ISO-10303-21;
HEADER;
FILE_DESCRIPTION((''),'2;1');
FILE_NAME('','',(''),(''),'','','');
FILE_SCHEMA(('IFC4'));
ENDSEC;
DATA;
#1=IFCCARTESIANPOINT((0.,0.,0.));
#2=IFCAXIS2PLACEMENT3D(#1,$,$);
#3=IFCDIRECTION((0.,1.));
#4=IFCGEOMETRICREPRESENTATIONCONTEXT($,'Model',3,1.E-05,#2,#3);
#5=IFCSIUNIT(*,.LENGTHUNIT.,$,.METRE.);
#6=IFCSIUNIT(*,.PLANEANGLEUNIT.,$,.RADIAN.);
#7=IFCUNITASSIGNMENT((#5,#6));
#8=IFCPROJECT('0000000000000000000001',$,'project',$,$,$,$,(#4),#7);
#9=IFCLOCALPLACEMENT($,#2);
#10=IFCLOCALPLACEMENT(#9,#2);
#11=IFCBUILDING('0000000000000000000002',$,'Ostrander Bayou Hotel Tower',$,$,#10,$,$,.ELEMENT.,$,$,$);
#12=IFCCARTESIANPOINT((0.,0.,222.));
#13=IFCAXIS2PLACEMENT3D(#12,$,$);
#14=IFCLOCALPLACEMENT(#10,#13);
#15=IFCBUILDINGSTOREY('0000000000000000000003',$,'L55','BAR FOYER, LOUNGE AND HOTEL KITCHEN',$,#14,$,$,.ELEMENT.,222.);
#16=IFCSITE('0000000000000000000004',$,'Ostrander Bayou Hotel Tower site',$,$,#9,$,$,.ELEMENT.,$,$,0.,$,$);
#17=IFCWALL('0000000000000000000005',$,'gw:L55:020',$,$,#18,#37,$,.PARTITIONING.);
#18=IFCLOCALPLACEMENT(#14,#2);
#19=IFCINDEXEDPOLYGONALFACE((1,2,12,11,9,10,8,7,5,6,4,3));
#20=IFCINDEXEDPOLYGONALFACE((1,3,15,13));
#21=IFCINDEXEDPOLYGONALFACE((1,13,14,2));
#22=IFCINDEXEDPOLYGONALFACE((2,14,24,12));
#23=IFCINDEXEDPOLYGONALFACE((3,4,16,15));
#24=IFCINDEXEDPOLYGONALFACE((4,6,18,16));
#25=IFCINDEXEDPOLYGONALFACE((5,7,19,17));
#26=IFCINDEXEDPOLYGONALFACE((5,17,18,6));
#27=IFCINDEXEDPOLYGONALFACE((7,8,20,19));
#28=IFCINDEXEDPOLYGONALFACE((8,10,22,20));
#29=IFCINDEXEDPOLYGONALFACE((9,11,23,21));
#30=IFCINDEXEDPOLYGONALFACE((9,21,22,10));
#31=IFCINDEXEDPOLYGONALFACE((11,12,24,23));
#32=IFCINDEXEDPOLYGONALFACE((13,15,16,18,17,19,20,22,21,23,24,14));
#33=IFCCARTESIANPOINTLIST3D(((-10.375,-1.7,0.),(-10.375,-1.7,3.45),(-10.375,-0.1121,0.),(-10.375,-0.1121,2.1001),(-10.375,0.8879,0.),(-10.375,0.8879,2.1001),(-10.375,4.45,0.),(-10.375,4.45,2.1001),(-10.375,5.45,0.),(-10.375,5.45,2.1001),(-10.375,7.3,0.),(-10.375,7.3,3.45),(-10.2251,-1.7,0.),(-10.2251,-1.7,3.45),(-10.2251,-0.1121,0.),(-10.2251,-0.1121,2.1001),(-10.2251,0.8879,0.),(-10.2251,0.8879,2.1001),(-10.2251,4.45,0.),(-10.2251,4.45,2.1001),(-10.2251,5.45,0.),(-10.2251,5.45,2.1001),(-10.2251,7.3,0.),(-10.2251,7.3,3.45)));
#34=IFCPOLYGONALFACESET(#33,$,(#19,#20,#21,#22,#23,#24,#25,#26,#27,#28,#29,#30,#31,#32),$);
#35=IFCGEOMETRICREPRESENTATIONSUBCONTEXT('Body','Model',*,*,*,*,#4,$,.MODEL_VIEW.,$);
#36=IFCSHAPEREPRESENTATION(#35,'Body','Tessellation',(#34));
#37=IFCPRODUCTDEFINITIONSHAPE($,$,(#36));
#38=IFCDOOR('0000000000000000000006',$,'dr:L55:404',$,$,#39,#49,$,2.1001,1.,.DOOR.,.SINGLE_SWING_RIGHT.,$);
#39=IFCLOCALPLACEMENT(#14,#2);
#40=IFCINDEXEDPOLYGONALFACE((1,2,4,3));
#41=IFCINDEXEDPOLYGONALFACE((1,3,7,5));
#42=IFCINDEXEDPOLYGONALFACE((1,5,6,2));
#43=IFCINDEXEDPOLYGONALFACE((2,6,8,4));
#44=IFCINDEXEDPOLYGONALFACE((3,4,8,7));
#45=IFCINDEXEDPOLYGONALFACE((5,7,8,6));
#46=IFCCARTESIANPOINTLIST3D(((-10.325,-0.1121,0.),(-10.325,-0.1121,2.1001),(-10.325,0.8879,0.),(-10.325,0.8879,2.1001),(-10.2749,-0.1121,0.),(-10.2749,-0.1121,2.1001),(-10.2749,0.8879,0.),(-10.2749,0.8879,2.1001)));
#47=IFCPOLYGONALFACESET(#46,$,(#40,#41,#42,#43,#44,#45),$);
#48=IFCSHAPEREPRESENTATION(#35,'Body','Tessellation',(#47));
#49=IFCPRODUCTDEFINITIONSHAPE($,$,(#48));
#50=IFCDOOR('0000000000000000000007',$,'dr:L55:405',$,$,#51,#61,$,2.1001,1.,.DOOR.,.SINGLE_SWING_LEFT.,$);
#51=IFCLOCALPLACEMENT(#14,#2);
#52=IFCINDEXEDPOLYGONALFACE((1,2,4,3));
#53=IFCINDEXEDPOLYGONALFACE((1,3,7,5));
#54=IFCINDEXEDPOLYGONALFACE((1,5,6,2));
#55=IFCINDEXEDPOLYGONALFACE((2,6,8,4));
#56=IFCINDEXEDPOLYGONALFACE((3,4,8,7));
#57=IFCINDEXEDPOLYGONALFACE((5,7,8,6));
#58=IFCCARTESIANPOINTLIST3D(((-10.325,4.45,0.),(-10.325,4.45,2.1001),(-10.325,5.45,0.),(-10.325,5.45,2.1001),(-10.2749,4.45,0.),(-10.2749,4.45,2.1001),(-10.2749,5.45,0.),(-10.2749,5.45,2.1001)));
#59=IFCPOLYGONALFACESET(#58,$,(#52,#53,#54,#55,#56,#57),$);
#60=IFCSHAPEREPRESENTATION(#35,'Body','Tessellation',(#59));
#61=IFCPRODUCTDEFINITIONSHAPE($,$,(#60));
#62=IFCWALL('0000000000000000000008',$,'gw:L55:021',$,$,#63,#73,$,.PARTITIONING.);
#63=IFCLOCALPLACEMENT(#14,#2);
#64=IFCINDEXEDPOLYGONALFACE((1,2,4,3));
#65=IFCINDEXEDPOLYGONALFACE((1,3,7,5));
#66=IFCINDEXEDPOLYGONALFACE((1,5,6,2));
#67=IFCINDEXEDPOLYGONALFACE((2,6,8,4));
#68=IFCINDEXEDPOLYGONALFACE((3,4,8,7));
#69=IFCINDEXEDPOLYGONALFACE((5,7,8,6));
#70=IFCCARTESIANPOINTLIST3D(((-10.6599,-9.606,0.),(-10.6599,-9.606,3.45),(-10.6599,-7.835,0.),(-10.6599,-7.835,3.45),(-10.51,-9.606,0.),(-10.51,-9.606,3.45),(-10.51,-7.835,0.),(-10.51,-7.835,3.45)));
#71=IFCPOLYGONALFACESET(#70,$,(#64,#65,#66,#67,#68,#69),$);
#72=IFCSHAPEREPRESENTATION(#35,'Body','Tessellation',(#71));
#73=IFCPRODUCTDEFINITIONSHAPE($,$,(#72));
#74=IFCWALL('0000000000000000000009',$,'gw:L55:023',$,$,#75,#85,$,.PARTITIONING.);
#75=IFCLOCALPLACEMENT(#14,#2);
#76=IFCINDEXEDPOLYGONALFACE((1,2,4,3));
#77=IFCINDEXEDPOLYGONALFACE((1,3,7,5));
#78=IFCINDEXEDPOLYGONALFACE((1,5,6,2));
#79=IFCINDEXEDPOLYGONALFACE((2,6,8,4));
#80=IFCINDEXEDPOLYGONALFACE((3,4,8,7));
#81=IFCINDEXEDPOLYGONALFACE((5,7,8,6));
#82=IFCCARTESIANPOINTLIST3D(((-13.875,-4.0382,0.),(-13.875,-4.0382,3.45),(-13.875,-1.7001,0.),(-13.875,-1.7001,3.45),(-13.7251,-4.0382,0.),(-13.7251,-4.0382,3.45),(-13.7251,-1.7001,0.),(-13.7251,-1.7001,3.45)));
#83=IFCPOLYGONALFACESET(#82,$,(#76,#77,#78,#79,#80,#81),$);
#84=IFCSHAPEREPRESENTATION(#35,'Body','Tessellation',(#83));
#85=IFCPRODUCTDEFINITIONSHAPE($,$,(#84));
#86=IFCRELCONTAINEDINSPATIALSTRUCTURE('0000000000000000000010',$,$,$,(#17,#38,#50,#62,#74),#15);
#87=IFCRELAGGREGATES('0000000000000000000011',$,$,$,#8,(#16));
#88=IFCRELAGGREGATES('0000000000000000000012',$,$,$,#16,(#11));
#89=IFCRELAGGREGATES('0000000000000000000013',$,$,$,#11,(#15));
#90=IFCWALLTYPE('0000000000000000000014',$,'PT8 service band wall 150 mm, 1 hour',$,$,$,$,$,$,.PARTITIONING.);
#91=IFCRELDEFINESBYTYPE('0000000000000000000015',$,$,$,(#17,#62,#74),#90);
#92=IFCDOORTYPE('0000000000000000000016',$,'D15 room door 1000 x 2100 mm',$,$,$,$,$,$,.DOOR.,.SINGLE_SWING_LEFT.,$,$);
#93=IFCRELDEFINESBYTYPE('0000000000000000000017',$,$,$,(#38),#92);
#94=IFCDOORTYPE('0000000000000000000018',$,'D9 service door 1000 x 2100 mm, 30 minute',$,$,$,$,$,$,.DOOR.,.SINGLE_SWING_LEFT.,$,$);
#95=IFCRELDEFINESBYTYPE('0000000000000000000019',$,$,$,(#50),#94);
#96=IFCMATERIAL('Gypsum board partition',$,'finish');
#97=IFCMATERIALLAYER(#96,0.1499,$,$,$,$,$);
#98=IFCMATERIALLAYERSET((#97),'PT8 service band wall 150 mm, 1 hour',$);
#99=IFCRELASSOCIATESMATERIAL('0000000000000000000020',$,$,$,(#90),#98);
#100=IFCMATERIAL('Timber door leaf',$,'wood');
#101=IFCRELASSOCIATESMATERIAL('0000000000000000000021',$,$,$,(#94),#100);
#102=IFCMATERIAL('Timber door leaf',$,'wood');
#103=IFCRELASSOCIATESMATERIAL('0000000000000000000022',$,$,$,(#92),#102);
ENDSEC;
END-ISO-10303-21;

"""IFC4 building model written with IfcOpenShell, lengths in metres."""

from ifc_helpers import new_model, si_unit, direction, frame, frame_2d, origin, place, context, subcontext, project, spatial, rectangle, extrude, material, layer, layer_set, type_object, element, fill, save


model = new_model("IFC4")

# Units and contexts
model_context = context("Model", 3, precision=1e-05, world=origin(), true_north=direction((0.0, 1.0)))
body_context = subcontext(model_context, "Body", "Model", "MODEL_VIEW")
ifc_project = project(units=[si_unit("LENGTHUNIT", "METRE"), si_unit("PLANEANGLEUNIT", "RADIAN")], contexts=[model_context])

# Site, building, storey
site_placement = place(None, origin())
site = spatial("IfcSite", under=ifc_project, at=site_placement, Name="Ostrander Bayou Hotel Tower site", CompositionType="ELEMENT", RefElevation=0.0)
building_placement = place(site_placement, origin())
building = spatial("IfcBuilding", under=site, at=building_placement, Name="Ostrander Bayou Hotel Tower", CompositionType="ELEMENT")
storey_placement = place(building_placement, frame((0.0, 0.0, 222.0)))
storey = spatial("IfcBuildingStorey", under=building, at=storey_placement, Name="L55", Description="BAR FOYER, LOUNGE AND HOTEL KITCHEN", CompositionType="ELEMENT", Elevation=222.0)

# Shared definitions
ifc_material_1 = material(Name="Gypsum board partition", Category="finish")
ifc_layer_1 = layer(ifc_material_1, 0.1499)
ifc_layer_set_1 = layer_set([ifc_layer_1], Name="PT8 service band wall 150 mm, 1 hour")
wall_type_1 = type_object("IfcWallType", Name="PT8 service band wall 150 mm, 1 hour", PredefinedType="PARTITIONING", material=ifc_layer_set_1)

# Shared definitions
ifc_material_2 = material(Name="Timber door leaf", Category="wood")
door_type_1 = type_object("IfcDoorType", Name="D9 service door 1000 x 2100 mm, 30 minute", OperationType="SINGLE_SWING_LEFT", PredefinedType="DOOR", material=ifc_material_2)

# Wall, openings, doors
wall_1_placement = place(storey_placement, frame((-10.3, -1.7, 0.0), z_axis=(0.0, 0.0, 1.0), x_axis=(0.0, 1.0, 0.0)))
wall_1 = element("IfcWall", 1, at=wall_1_placement, inside=storey, type_object=wall_type_1, Name="gw:L55:020", PredefinedType="PARTITIONING", context=body_context, shape_type="SweptSolid", body=[
    extrude(rectangle(XDim=9.0, YDim=0.1499, at=frame_2d((4.5, 0.0))), origin(), (0.0, 0.0, 1.0), 3.45),
])
opening_1_placement = place(wall_1_placement, frame((1.5879, 0.0, 0.0)))
opening_1 = element("IfcOpeningElement", 2, at=opening_1_placement, cuts=wall_1, PredefinedType="OPENING", context=body_context, shape_type="SweptSolid", body=[
    extrude(rectangle(XDim=1.0, YDim=2.1001, at=frame_2d((0.5, 1.05))), frame((0.0, 0.075, 0.0), z_axis=(0.0, -1.0, 0.0), x_axis=(1.0, 0.0, 0.0)), (0.0, 0.0, 1.0), 0.1499),
])
opening_2_placement = place(wall_1_placement, frame((6.1499, 0.0, 0.0)))
opening_2 = element("IfcOpeningElement", 3, at=opening_2_placement, cuts=wall_1, PredefinedType="OPENING", context=body_context, shape_type="SweptSolid", body=[
    extrude(rectangle(XDim=1.0, YDim=2.1001, at=frame_2d((0.5, 1.05))), frame((0.0, 0.075, 0.0), z_axis=(0.0, -1.0, 0.0), x_axis=(1.0, 0.0, 0.0)), (0.0, 0.0, 1.0), 0.1499),
])
ifc_material_3 = material(Name="Timber door leaf", Category="wood")
door_type_2 = type_object("IfcDoorType", Name="D15 room door 1000 x 2100 mm", OperationType="SINGLE_SWING_LEFT", PredefinedType="DOOR", material=ifc_material_3)
door_1_placement = place(opening_1_placement, origin())
door_1 = element("IfcDoor", 4, at=door_1_placement, inside=storey, type_object=door_type_2, Name="dr:L55:404", OperationType="SINGLE_SWING_RIGHT", OverallHeight=2.1001, OverallWidth=1.0, PredefinedType="DOOR", context=body_context, shape_type="SweptSolid", body=[
    extrude(rectangle(XDim=1.0, YDim=2.1001, at=frame_2d((0.5, 1.05))), frame((0.0, 0.0249, 0.0), z_axis=(0.0, -1.0, 0.0), x_axis=(1.0, 0.0, 0.0)), (0.0, 0.0, 1.0), 0.05),
])
fill(opening_1, door_1)
door_2_placement = place(opening_2_placement, origin())
door_2 = element("IfcDoor", 5, at=door_2_placement, inside=storey, type_object=door_type_1, Name="dr:L55:405", OperationType="SINGLE_SWING_LEFT", OverallHeight=2.1001, OverallWidth=1.0, PredefinedType="DOOR", context=body_context, shape_type="SweptSolid", body=[
    extrude(rectangle(XDim=1.0, YDim=2.1001, at=frame_2d((0.5, 1.05))), frame((0.0, 0.0249, 0.0), z_axis=(0.0, -1.0, 0.0), x_axis=(1.0, 0.0, 0.0)), (0.0, 0.0, 1.0), 0.05),
])
fill(opening_2, door_2)

# Walls
wall_2_placement = place(storey_placement, frame((-10.585, -9.606, 0.0), z_axis=(0.0, 0.0, 1.0), x_axis=(0.0, 1.0, 0.0)))
element("IfcWall", 6, at=wall_2_placement, inside=storey, type_object=wall_type_1, Name="gw:L55:021", PredefinedType="PARTITIONING", context=body_context, shape_type="SweptSolid", body=[
    extrude(rectangle(XDim=1.771, YDim=0.1499, at=frame_2d((0.8855, 0.0))), origin(), (0.0, 0.0, 1.0), 3.45),
])
wall_3_placement = place(storey_placement, frame((-13.8, -4.0381, 0.0), z_axis=(0.0, 0.0, 1.0), x_axis=(0.0, 1.0, 0.0)))
element("IfcWall", 7, at=wall_3_placement, inside=storey, type_object=wall_type_1, Name="gw:L55:023", PredefinedType="PARTITIONING", context=body_context, shape_type="SweptSolid", body=[
    extrude(rectangle(XDim=2.3381, YDim=0.1499, at=frame_2d((1.1689, 0.0))), origin(), (0.0, 0.0, 1.0), 3.45),
])

save(model, "model.ifc")
